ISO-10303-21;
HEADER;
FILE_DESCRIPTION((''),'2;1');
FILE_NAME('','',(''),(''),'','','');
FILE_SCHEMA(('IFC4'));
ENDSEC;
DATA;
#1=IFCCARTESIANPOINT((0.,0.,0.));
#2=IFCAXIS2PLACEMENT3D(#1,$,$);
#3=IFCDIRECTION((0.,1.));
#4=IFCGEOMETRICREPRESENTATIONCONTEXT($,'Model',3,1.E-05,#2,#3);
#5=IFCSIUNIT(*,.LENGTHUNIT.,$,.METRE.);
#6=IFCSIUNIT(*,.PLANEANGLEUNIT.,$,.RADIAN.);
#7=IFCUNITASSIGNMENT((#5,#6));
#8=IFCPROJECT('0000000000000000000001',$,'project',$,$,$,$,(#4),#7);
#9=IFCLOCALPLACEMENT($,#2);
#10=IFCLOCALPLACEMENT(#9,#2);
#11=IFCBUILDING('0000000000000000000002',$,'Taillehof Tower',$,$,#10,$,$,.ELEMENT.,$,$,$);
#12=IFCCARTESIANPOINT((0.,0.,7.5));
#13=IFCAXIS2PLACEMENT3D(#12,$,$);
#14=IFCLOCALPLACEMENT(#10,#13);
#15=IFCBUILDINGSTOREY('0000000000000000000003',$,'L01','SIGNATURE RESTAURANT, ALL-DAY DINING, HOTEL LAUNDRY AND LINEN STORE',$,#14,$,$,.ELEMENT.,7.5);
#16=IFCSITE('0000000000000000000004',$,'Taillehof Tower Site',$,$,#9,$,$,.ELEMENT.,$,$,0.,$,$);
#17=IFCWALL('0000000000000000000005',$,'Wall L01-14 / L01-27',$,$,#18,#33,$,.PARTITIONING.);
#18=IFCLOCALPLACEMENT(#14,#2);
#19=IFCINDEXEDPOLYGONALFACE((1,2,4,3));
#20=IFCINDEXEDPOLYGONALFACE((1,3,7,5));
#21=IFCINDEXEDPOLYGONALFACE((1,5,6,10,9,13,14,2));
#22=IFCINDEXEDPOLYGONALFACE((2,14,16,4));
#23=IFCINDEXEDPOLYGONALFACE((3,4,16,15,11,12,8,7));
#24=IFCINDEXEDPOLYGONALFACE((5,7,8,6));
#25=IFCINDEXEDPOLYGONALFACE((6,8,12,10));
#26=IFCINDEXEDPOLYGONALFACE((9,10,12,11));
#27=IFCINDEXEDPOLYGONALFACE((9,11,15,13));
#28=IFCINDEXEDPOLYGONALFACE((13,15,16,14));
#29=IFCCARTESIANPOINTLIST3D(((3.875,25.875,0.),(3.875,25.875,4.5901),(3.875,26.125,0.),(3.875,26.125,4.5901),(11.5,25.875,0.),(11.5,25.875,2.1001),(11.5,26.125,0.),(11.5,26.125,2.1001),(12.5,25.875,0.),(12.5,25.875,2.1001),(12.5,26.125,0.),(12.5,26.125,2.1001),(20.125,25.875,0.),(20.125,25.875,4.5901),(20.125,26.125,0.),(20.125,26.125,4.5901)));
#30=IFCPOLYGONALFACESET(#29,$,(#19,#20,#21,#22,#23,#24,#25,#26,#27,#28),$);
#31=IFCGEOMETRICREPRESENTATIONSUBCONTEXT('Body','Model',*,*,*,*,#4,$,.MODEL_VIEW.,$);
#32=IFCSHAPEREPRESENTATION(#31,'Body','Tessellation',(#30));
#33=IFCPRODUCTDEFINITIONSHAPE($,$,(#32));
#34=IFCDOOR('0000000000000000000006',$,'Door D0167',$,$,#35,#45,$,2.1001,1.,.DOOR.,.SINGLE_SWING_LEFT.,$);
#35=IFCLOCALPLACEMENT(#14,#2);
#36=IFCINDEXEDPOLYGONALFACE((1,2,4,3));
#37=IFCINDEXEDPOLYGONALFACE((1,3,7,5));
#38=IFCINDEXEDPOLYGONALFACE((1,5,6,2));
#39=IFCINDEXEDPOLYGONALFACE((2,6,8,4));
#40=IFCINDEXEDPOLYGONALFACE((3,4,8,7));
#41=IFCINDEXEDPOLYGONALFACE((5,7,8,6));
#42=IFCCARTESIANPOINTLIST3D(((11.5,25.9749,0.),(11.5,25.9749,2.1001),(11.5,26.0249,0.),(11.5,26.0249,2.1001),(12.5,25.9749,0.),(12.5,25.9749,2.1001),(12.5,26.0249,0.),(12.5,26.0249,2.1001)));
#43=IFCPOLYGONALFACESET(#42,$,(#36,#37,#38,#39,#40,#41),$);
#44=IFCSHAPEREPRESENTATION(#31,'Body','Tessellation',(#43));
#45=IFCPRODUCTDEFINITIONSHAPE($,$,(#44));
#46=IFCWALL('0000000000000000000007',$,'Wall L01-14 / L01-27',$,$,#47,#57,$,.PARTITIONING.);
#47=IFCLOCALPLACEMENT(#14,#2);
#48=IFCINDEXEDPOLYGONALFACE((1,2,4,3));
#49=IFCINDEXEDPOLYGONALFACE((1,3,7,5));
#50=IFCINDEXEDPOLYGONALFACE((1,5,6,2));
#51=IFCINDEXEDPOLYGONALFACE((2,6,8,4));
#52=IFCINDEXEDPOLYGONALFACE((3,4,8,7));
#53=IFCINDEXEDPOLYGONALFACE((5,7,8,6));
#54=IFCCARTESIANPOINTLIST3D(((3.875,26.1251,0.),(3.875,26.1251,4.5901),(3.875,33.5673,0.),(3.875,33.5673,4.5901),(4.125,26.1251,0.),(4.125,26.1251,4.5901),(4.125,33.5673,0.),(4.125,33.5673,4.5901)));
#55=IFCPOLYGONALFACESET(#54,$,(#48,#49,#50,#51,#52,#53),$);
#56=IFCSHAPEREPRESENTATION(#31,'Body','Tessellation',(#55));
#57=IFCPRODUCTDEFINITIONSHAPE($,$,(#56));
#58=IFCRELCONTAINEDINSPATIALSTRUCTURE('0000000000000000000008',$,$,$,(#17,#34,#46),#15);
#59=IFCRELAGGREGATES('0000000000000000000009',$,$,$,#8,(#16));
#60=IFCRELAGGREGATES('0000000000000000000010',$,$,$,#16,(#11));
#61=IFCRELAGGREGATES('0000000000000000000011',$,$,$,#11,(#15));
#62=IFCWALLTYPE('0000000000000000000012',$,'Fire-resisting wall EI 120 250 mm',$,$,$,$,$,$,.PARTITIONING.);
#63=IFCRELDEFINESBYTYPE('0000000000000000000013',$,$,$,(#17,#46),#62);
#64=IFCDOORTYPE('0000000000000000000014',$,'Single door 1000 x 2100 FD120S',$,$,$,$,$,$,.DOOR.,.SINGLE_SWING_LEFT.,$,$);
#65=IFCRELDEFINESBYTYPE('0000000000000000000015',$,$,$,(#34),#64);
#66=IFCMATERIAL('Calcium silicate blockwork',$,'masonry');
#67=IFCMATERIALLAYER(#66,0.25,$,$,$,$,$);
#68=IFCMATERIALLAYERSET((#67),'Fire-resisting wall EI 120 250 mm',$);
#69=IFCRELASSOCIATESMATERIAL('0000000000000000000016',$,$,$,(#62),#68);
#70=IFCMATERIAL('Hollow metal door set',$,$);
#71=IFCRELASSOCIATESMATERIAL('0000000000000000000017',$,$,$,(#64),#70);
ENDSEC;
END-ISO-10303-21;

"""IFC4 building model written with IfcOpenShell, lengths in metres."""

from ifc_helpers import new_model, si_unit, direction, frame, frame_2d, origin, place, context, subcontext, project, spatial, rectangle, extrude, material, layer, layer_set, type_object, element, fill, save


model = new_model("IFC4")

# Units and contexts
model_context = context("Model", 3, precision=1e-05, world=origin(), true_north=direction((0.0, 1.0)))
body_context = subcontext(model_context, "Body", "Model", "MODEL_VIEW")
ifc_project = project(units=[si_unit("LENGTHUNIT", "METRE"), si_unit("PLANEANGLEUNIT", "RADIAN")], contexts=[model_context])

# Site, building, storey
site_placement = place(None, origin())
site = spatial("IfcSite", under=ifc_project, at=site_placement, Name="Taillehof Tower Site", CompositionType="ELEMENT", RefElevation=0.0)
building_placement = place(site_placement, origin())
building = spatial("IfcBuilding", under=site, at=building_placement, Name="Taillehof Tower", CompositionType="ELEMENT")
storey_placement = place(building_placement, frame((0.0, 0.0, 7.5)))
storey = spatial("IfcBuildingStorey", under=building, at=storey_placement, Name="L01", Description="SIGNATURE RESTAURANT, ALL-DAY DINING, HOTEL LAUNDRY AND LINEN STORE", CompositionType="ELEMENT", Elevation=7.5)

# Wall, opening, door
ifc_material_1 = material(Name="Calcium silicate blockwork", Category="masonry")
ifc_layer_1 = layer(ifc_material_1, 0.25)
ifc_layer_set_1 = layer_set([ifc_layer_1], Name="Fire-resisting wall EI 120 250 mm")
wall_type = type_object("IfcWallType", Name="Fire-resisting wall EI 120 250 mm", PredefinedType="PARTITIONING", material=ifc_layer_set_1)
wall_1_placement = place(storey_placement, frame((3.875, 26.0, 0.0), z_axis=(0.0, 0.0, 1.0), x_axis=(1.0, 0.0, 0.0)))
wall_1 = element("IfcWall", 1, at=wall_1_placement, inside=storey, type_object=wall_type, Name="Wall L01-14 / L01-27", PredefinedType="PARTITIONING", context=body_context, shape_type="SweptSolid", body=[
    extrude(rectangle(XDim=16.25, YDim=0.25, at=frame_2d((8.125, 0.0))), origin(), (0.0, 0.0, 1.0), 4.5901),
])
opening_placement = place(wall_1_placement, frame((7.625, 0.0, 0.0)))
opening = element("IfcOpeningElement", 2, at=opening_placement, cuts=wall_1, PredefinedType="OPENING", context=body_context, shape_type="SweptSolid", body=[
    extrude(rectangle(XDim=1.0, YDim=2.1001, at=frame_2d((0.5, 1.05))), frame((0.0, 0.135, 0.0), z_axis=(0.0, -1.0, 0.0), x_axis=(1.0, 0.0, 0.0)), (0.0, 0.0, 1.0), 0.27),
])
ifc_material_2 = material(Name="Hollow metal door set")
door_type = type_object("IfcDoorType", Name="Single door 1000 x 2100 FD120S", OperationType="SINGLE_SWING_LEFT", PredefinedType="DOOR", material=ifc_material_2)
door_placement = place(opening_placement, origin())
door = element("IfcDoor", 3, at=door_placement, inside=storey, type_object=door_type, Name="Door D0167", OperationType="SINGLE_SWING_LEFT", OverallHeight=2.1001, OverallWidth=1.0, PredefinedType="DOOR", context=body_context, shape_type="SweptSolid", body=[
    extrude(rectangle(XDim=1.0, YDim=2.1001, at=frame_2d((0.5, 1.05))), frame((0.0, 0.0249, 0.0), z_axis=(0.0, -1.0, 0.0), x_axis=(1.0, 0.0, 0.0)), (0.0, 0.0, 1.0), 0.05),
])
fill(opening, door)

# Wall
wall_2_placement = place(storey_placement, frame((4.0, 26.125, 0.0), z_axis=(0.0, 0.0, 1.0), x_axis=(0.0, 1.0, 0.0)))
element("IfcWall", 4, at=wall_2_placement, inside=storey, type_object=wall_type, Name="Wall L01-14 / L01-27", PredefinedType="PARTITIONING", context=body_context, shape_type="SweptSolid", body=[
    extrude(rectangle(XDim=7.4421, YDim=0.25, at=frame_2d((3.7212, 0.0))), origin(), (0.0, 0.0, 1.0), 4.5901),
])

save(model, "model.ifc")
